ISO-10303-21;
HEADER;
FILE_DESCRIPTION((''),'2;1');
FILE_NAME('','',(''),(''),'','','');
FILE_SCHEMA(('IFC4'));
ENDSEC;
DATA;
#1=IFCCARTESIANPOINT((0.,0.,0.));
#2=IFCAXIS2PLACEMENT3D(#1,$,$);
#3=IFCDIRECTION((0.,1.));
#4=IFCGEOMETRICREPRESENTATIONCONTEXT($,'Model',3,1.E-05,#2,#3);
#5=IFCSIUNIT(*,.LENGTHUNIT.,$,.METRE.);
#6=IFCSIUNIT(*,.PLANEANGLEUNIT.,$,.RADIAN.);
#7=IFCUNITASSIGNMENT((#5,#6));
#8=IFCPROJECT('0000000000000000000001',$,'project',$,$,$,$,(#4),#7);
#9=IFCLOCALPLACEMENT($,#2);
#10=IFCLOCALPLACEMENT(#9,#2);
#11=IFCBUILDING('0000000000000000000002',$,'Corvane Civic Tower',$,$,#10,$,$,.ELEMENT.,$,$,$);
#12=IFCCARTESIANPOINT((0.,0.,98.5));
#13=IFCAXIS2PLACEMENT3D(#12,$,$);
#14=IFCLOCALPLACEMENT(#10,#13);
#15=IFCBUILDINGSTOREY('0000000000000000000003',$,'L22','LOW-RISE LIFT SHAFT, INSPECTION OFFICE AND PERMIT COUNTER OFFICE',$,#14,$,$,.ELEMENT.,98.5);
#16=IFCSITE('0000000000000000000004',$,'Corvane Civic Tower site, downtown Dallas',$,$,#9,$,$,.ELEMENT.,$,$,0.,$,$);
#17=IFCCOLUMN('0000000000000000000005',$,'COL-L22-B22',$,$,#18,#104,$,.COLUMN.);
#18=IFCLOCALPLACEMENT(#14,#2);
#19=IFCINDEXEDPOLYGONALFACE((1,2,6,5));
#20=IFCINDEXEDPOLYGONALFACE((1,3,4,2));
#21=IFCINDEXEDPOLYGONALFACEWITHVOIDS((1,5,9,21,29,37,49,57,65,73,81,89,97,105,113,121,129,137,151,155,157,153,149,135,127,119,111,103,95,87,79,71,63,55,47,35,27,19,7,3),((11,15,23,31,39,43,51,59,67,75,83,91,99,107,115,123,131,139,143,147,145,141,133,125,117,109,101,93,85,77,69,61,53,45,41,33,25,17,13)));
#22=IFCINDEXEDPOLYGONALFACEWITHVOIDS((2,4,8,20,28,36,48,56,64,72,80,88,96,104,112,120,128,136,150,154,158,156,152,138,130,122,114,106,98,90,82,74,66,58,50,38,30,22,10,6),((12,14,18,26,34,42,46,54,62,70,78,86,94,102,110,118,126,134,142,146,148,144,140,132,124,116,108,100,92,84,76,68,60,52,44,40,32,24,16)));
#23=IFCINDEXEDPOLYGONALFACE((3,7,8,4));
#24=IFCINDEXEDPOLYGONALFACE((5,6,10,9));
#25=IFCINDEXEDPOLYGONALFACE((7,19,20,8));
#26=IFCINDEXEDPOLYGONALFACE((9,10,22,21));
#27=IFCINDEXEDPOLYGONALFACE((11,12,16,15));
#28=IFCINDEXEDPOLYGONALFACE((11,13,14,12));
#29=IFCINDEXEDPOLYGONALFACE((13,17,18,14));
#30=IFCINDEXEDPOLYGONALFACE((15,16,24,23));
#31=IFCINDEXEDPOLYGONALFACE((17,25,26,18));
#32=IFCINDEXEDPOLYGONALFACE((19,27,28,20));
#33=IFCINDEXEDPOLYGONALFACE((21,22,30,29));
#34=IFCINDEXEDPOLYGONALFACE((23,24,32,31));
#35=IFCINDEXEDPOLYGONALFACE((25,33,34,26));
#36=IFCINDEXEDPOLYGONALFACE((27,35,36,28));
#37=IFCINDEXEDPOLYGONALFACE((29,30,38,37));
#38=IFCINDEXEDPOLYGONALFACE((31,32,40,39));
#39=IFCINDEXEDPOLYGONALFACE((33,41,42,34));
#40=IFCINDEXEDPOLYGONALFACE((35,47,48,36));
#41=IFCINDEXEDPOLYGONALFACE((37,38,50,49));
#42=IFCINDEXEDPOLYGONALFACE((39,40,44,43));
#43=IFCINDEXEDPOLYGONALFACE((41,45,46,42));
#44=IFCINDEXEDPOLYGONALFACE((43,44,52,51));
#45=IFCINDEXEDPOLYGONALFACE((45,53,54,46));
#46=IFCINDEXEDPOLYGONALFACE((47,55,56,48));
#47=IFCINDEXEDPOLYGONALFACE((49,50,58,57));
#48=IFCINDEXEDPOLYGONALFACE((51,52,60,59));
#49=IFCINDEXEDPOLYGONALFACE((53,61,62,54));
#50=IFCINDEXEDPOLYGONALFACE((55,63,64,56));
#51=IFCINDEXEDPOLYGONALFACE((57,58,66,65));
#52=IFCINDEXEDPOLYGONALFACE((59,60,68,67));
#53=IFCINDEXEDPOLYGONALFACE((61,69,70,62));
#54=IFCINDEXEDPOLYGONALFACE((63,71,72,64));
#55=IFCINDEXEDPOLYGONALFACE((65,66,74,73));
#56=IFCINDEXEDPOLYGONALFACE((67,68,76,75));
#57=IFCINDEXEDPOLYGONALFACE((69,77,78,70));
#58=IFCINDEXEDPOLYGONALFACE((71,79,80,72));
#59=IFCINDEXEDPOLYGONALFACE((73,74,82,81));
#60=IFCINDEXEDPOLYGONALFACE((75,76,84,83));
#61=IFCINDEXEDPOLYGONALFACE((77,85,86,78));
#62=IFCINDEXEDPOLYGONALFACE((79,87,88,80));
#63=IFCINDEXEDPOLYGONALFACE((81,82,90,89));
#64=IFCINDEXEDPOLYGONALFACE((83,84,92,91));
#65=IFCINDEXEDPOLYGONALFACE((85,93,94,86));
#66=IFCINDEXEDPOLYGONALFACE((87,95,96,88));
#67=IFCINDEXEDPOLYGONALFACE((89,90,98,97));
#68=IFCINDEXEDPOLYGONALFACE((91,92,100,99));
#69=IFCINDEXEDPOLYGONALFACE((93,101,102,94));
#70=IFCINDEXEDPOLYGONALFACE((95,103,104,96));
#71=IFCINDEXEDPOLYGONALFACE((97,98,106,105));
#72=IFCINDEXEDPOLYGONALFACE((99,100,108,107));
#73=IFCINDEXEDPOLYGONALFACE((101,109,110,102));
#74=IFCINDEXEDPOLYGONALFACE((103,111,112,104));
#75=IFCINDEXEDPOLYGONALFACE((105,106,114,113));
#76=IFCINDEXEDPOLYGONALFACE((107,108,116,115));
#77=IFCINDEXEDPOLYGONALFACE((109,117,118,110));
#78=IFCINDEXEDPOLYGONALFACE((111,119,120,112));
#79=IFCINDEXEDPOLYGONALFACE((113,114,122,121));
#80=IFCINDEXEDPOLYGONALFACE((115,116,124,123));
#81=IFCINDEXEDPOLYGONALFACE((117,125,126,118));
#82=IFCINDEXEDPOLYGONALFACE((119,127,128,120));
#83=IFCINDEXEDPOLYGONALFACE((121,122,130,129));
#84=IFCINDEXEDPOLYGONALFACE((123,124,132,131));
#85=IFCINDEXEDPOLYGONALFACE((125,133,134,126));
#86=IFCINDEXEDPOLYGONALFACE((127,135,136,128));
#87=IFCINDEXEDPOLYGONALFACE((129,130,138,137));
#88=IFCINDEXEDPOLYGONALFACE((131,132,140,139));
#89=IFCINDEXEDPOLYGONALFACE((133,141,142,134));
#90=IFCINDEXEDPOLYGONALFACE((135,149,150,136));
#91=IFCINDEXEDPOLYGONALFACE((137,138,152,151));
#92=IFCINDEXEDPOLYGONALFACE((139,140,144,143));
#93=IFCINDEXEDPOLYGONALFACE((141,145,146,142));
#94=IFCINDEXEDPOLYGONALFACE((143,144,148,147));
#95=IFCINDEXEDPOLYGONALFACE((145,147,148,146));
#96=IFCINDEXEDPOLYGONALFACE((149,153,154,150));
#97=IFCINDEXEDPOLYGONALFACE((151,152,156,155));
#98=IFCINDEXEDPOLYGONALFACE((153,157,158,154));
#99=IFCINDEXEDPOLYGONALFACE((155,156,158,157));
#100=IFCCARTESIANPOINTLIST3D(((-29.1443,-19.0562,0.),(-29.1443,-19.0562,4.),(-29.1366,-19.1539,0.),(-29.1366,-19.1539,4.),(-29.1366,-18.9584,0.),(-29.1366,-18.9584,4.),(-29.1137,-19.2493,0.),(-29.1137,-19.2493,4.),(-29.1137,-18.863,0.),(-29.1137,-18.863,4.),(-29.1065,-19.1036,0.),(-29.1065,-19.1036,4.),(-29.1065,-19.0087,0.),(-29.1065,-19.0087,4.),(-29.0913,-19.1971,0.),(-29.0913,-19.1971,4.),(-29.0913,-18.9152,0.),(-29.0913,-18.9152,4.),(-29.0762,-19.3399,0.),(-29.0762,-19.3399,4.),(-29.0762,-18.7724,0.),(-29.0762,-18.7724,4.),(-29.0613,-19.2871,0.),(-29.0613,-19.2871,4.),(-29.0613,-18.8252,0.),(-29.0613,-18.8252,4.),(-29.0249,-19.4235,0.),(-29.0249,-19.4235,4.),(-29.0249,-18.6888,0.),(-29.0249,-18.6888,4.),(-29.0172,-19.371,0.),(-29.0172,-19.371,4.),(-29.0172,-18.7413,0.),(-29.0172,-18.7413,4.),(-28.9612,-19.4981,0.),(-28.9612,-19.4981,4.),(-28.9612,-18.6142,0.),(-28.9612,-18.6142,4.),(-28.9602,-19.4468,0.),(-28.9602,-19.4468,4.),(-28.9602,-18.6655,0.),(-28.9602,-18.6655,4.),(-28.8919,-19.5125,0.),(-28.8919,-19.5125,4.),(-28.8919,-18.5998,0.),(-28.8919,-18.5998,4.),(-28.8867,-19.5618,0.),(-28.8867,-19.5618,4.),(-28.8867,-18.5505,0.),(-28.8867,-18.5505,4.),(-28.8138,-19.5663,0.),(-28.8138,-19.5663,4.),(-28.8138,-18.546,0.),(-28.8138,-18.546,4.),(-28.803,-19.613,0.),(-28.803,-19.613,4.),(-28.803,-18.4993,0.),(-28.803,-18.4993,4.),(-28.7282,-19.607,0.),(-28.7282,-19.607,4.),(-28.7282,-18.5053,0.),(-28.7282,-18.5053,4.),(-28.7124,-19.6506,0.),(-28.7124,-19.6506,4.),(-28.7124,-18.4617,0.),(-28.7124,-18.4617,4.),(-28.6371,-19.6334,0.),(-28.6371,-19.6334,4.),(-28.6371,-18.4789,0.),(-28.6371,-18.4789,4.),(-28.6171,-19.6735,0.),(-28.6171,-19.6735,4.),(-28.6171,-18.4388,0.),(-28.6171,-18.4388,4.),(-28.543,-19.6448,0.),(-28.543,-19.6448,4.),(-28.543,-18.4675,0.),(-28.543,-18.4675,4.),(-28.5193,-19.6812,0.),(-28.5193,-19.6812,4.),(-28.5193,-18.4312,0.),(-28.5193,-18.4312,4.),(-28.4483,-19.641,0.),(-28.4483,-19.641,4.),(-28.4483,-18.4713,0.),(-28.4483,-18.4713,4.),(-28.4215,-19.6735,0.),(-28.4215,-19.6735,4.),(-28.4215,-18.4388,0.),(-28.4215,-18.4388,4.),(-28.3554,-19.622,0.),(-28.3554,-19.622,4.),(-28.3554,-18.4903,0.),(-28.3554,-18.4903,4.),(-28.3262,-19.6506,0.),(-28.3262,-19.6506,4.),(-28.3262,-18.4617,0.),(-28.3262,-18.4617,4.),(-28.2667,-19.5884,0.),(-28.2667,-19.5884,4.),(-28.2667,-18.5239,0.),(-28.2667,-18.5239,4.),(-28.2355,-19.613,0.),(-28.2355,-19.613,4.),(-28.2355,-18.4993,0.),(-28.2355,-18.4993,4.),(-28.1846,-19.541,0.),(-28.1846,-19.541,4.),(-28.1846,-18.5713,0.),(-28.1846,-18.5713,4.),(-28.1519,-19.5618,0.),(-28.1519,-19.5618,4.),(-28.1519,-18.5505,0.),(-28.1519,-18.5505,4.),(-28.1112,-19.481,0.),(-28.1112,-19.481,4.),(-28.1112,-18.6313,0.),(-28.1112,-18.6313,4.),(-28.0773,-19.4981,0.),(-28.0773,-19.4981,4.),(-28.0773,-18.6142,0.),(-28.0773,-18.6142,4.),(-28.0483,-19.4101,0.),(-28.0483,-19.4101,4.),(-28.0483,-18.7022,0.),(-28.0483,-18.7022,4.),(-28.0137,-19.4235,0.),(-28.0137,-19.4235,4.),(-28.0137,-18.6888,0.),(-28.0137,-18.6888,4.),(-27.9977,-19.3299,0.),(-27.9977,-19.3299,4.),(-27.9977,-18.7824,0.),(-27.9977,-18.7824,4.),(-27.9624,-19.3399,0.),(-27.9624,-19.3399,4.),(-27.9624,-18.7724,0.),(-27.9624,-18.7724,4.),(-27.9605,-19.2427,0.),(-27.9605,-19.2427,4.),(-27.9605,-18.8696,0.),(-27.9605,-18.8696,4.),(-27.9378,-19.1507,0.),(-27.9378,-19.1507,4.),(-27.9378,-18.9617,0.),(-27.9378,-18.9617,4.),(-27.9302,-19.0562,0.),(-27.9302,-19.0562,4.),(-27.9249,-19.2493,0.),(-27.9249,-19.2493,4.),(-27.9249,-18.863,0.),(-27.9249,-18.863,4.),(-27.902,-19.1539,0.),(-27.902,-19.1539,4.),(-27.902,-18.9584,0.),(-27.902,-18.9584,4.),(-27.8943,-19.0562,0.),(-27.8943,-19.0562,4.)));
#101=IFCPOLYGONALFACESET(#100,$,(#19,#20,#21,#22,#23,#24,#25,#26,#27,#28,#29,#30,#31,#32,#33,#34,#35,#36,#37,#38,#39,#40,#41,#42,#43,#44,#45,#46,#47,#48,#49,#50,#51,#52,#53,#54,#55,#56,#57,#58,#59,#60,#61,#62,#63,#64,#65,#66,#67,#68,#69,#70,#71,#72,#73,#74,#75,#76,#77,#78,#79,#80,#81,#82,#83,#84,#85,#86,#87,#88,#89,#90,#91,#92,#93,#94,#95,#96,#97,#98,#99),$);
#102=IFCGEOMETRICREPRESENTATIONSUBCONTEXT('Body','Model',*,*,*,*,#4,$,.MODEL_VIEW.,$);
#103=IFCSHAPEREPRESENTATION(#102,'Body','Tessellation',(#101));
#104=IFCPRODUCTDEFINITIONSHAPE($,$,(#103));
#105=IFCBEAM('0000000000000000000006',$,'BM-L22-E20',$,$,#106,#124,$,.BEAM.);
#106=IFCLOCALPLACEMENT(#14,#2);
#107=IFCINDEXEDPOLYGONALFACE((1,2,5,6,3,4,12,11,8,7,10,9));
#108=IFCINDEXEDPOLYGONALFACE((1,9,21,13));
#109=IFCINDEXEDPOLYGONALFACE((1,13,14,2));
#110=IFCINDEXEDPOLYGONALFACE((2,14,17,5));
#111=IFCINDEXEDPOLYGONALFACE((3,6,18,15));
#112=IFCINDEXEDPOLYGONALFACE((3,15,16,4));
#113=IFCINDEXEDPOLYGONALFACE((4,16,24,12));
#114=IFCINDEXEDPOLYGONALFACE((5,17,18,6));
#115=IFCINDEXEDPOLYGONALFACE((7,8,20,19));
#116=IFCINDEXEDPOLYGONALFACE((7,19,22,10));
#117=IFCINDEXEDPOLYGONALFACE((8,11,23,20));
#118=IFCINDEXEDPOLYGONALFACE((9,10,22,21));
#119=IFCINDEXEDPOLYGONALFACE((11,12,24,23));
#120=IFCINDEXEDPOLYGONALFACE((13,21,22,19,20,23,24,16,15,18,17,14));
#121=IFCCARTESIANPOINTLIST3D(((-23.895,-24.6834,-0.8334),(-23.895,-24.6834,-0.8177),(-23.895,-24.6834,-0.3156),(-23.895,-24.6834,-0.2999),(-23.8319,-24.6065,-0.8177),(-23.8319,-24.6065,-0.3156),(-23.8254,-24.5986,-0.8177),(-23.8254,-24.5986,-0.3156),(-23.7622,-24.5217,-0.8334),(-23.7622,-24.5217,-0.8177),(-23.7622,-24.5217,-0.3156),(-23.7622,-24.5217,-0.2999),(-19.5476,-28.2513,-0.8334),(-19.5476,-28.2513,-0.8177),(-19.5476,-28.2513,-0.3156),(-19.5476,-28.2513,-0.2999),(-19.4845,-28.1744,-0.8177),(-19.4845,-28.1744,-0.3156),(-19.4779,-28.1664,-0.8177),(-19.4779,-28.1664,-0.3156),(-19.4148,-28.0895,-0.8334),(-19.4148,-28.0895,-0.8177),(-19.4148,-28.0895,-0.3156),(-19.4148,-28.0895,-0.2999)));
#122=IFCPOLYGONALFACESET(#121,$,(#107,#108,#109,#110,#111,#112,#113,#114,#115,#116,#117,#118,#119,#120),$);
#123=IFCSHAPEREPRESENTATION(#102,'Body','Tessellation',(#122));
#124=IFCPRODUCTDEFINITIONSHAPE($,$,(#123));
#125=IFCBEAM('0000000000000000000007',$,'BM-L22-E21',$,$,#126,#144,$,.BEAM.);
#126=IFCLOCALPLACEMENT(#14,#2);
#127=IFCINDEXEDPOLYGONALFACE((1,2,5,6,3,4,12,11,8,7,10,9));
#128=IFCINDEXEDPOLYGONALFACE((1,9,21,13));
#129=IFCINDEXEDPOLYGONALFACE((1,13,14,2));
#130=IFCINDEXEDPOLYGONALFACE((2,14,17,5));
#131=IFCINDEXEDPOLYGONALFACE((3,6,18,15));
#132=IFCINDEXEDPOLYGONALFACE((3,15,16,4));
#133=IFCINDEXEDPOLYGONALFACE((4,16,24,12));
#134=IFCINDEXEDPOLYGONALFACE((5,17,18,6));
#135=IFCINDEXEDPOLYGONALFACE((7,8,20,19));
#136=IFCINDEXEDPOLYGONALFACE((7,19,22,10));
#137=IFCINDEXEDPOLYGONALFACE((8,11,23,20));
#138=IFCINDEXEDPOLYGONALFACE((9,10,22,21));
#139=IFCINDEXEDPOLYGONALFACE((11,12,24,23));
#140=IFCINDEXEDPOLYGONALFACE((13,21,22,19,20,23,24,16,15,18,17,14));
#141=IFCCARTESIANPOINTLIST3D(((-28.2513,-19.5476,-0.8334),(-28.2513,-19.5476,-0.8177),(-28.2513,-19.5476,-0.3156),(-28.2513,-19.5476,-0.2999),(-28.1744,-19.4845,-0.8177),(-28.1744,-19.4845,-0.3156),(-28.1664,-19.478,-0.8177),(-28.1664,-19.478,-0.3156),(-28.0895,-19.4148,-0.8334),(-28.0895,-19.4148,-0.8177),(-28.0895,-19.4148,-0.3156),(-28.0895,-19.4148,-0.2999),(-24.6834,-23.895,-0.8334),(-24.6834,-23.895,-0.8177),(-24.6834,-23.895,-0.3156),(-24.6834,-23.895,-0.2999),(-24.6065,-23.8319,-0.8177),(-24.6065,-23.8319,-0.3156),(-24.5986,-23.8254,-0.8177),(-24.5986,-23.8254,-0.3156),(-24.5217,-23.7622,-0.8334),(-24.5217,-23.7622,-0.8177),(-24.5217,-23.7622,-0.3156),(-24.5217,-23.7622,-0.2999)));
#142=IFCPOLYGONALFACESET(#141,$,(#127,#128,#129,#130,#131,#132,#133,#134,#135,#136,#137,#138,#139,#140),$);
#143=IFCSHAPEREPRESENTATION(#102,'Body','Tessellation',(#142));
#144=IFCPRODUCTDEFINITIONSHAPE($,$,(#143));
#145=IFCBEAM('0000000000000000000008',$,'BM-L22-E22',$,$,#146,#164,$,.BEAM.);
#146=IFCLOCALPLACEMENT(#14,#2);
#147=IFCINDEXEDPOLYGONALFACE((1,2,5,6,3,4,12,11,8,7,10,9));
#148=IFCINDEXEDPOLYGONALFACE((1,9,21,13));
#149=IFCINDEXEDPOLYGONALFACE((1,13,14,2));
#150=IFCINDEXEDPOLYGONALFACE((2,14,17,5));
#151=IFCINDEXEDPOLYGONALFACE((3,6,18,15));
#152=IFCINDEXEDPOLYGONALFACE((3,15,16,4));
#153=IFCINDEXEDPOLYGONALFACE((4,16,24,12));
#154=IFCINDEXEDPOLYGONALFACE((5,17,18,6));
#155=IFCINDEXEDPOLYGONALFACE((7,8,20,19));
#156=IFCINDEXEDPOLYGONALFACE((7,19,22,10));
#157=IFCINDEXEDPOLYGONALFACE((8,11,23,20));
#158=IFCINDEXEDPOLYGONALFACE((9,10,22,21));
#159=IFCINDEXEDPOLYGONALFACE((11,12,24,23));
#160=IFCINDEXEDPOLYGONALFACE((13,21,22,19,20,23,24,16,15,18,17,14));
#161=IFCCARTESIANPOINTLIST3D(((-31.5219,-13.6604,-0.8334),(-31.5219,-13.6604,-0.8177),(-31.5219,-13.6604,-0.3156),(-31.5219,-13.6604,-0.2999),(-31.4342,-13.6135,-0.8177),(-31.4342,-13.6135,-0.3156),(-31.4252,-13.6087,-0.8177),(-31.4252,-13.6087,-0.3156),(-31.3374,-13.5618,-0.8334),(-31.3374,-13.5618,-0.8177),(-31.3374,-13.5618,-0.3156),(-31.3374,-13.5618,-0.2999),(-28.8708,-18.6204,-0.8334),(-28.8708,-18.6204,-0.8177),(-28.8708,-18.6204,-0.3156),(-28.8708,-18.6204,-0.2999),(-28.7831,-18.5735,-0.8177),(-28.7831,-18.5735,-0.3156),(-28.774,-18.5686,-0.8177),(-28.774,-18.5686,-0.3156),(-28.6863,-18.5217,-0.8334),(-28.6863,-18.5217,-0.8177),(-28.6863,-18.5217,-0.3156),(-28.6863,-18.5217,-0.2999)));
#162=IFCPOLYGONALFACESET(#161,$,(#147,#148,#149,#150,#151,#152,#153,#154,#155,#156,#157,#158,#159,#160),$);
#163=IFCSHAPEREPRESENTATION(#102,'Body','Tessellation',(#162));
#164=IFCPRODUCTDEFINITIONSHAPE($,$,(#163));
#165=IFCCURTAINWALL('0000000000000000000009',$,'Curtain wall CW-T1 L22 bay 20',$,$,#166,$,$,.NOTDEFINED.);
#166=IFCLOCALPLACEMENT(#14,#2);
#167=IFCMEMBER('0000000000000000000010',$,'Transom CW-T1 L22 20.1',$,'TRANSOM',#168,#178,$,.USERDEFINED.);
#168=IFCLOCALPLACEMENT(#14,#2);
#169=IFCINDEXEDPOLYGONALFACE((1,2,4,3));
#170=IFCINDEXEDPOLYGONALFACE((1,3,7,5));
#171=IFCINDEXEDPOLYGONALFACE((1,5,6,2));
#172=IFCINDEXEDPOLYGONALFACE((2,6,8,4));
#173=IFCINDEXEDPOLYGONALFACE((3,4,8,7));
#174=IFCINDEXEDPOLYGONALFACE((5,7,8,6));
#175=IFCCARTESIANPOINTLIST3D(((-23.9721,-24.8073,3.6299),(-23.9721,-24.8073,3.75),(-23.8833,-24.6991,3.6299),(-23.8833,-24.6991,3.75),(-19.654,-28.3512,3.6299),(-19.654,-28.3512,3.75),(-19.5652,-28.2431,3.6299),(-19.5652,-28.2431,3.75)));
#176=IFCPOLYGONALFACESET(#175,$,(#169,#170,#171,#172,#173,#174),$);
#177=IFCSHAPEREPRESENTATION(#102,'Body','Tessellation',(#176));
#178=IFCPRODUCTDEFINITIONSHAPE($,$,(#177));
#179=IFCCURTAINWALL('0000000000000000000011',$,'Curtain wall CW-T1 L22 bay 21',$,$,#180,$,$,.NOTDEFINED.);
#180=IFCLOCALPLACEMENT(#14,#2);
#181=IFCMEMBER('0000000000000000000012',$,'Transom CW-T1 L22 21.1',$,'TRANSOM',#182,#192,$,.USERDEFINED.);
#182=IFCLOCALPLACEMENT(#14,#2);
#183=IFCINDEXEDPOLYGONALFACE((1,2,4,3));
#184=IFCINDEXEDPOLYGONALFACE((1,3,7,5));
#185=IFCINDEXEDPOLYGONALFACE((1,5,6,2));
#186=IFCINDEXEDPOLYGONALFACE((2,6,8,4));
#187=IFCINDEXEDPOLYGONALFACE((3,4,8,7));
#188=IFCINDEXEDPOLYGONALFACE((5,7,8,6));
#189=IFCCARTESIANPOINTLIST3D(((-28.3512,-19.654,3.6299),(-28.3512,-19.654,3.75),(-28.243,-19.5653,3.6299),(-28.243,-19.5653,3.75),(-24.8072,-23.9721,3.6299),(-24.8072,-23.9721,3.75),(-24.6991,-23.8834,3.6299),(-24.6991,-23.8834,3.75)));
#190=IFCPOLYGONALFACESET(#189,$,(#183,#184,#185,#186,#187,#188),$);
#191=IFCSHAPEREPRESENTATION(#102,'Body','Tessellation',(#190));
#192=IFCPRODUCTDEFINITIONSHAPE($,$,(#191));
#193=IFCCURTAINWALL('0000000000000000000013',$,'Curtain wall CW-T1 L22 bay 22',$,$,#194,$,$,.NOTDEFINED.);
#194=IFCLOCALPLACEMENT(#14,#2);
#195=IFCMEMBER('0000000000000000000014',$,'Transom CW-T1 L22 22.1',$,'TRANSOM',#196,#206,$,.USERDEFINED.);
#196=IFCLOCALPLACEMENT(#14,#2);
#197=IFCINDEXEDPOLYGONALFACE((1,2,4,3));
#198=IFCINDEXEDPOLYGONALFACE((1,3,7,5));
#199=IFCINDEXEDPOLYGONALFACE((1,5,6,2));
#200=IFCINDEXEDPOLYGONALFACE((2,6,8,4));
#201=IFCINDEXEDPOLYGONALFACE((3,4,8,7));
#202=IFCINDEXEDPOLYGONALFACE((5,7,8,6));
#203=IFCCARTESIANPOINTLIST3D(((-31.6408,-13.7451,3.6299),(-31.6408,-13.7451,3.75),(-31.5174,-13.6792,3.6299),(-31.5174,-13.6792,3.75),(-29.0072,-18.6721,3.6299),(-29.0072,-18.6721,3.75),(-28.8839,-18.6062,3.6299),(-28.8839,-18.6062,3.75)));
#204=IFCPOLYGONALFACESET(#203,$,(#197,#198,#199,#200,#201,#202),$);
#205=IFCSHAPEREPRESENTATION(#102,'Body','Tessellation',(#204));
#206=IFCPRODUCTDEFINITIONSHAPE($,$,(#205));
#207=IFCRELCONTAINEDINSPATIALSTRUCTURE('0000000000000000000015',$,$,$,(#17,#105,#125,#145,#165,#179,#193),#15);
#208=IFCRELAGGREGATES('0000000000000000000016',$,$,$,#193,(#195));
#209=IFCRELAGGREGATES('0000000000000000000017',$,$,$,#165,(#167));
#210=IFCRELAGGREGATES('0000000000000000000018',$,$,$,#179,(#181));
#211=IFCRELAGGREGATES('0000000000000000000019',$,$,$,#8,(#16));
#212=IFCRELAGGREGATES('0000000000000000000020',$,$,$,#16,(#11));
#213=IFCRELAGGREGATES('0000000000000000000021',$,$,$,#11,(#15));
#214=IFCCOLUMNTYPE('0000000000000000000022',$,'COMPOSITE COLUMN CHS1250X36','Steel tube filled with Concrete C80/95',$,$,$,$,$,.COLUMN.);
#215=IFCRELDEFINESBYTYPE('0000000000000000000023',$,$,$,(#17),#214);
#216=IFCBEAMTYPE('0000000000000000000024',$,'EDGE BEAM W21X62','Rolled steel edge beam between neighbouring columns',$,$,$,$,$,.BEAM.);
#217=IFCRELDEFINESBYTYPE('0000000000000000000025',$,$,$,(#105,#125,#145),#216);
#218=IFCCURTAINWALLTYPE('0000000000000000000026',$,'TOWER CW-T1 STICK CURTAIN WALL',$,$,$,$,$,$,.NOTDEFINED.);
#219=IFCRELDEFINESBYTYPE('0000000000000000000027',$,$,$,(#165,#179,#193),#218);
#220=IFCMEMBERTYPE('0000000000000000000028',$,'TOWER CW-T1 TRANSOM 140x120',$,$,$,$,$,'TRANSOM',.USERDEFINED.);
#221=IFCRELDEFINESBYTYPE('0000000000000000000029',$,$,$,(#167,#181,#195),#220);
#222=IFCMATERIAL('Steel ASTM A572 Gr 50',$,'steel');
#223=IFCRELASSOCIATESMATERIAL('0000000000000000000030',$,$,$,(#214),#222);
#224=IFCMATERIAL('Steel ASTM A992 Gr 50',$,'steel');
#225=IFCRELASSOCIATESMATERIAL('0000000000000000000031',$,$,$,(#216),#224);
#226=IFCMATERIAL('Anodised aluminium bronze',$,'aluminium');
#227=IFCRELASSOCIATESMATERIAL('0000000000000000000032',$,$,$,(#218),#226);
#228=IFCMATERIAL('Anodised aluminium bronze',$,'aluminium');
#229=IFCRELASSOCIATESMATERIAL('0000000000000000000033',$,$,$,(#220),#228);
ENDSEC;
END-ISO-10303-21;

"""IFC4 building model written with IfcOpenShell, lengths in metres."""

from ifc_helpers import new_model, si_unit, direction, frame, origin, origin_2d, place, context, subcontext, project, spatial, rectangle, hollow_circle, i_section, extrude, material, material_profile, profile_set, type_object, element, aggregate, save


model = new_model("IFC4")

# Units and contexts
model_context = context("Model", 3, precision=1e-05, world=origin(), true_north=direction((0.0, 1.0)))
body_context = subcontext(model_context, "Body", "Model", "MODEL_VIEW")
ifc_project = project(units=[si_unit("LENGTHUNIT", "METRE"), si_unit("PLANEANGLEUNIT", "RADIAN")], contexts=[model_context])

# Site, building, storey
site_placement = place(None, origin())
site = spatial("IfcSite", under=ifc_project, at=site_placement, Name="Corvane Civic Tower site, downtown Dallas", CompositionType="ELEMENT", RefElevation=0.0)
building_placement = place(site_placement, origin())
building = spatial("IfcBuilding", under=site, at=building_placement, Name="Corvane Civic Tower", CompositionType="ELEMENT")
storey_placement = place(building_placement, frame((0.0, 0.0, 98.5)))
storey = spatial("IfcBuildingStorey", under=building, at=storey_placement, Name="L22", Description="LOW-RISE LIFT SHAFT, INSPECTION OFFICE AND PERMIT COUNTER OFFICE", CompositionType="ELEMENT", Elevation=98.5)

# Column
ifc_material_1 = material(Name="Steel ASTM A572 Gr 50", Category="steel")
ifc_material_profile_1 = material_profile(ifc_material_1, hollow_circle(Radius=0.625, WallThickness=0.0359, at=origin_2d()), Name="CHS1250X36")
ifc_profile_set_1 = profile_set([ifc_material_profile_1], Name="Steel ASTM A572 Gr 50")
column_type = type_object("IfcColumnType", Name="COMPOSITE COLUMN CHS1250X36", Description="Steel tube filled with Concrete C80/95", PredefinedType="COLUMN", material=ifc_profile_set_1)
for number, where, z_axis, x_axis, name in (
    (1, (-28.5193, -19.0562, 0.0), (0.0, 0.0, 1.0), (1.0, 0.0, 0.0), "COL-L22-B22"),
):
    element("IfcColumn", number, at=place(storey_placement, frame(where, z_axis=z_axis, x_axis=x_axis)), inside=storey, type_object=column_type, Name=name, PredefinedType="COLUMN", context=body_context, shape_type="SweptSolid", body=[
        extrude(hollow_circle(Radius=0.625, WallThickness=0.0359, at=origin_2d()), origin(), (0.0, 0.0, 1.0), 4.0),
    ])

# Beams
ifc_material_2 = material(Name="Steel ASTM A992 Gr 50", Category="steel")
ifc_material_profile_2 = material_profile(ifc_material_2, i_section(OverallWidth=0.2092, OverallDepth=0.5334, WebThickness=0.0103, FlangeThickness=0.0156, at=origin_2d()), Name="W21X62")
ifc_profile_set_2 = profile_set([ifc_material_profile_2], Name="Steel ASTM A992 Gr 50")
beam_type = type_object("IfcBeamType", Name="EDGE BEAM W21X62", Description="Rolled steel edge beam between neighbouring columns", PredefinedType="BEAM", material=ifc_profile_set_2)
for number, where, z_axis, x_axis, name in (
    (2, (-19.4812, -28.1704, -0.5667), (-0.773007, 0.634398, 0.0), (-0.634398, -0.773007, 0.0), "BM-L22-E20"),
    (3, (-24.6025, -23.8286, -0.5667), (-0.634398, 0.773007, 0.0), (-0.773007, -0.634398, 0.0), "BM-L22-E21"),
    (4, (-28.7786, -18.571, -0.5667), (-0.471392, 0.881924, 0.0), (-0.881924, -0.471392, 0.0), "BM-L22-E22"),
):
    element("IfcBeam", number, at=place(storey_placement, frame(where, z_axis=z_axis, x_axis=x_axis)), inside=storey, type_object=beam_type, Name=name, PredefinedType="BEAM", context=body_context, shape_type="SweptSolid", body=[
        extrude(i_section(OverallWidth=0.2092, OverallDepth=0.5334, WebThickness=0.0103, FlangeThickness=0.0156, at=origin_2d()), origin(), (0.0, 0.0, 1.0), 5.624),
    ])

# Curtain walls, members
ifc_material_3 = material(Name="Anodised aluminium bronze", Category="aluminium")
curtain_wall_type = type_object("IfcCurtainWallType", Name="TOWER CW-T1 STICK CURTAIN WALL", PredefinedType="NOTDEFINED", material=ifc_material_3)
curtain_wall_1_placement = place(storey_placement, origin())
curtain_wall_1 = element("IfcCurtainWall", 5, at=curtain_wall_1_placement, inside=storey, type_object=curtain_wall_type, Name="Curtain wall CW-T1 L22 bay 20", PredefinedType="NOTDEFINED")
ifc_material_4 = material(Name="Anodised aluminium bronze", Category="aluminium")
ifc_material_profile_3 = material_profile(ifc_material_4, rectangle(XDim=0.1399, YDim=0.1201, at=origin_2d()), Name="TOWER CW-T1 TRANSOM 140x120")
ifc_profile_set_3 = profile_set([ifc_material_profile_3], Name="Anodised aluminium bronze")
member_type = type_object("IfcMemberType", Name="TOWER CW-T1 TRANSOM 140x120", ElementType="TRANSOM", PredefinedType="USERDEFINED", material=ifc_profile_set_3)
member_1_placement = place(storey_placement, frame((-19.6096, -28.2971, 3.6899), z_axis=(-0.772996, 0.63441, 0.0), x_axis=(-0.63441, -0.772996, 0.0)))
member_1 = element("IfcMember", 6, at=member_1_placement, type_object=member_type, Name="Transom CW-T1 L22 20.1", ObjectType="TRANSOM", PredefinedType="USERDEFINED", context=body_context, shape_type="SweptSolid", body=[
    extrude(rectangle(XDim=0.1399, YDim=0.1201, at=origin_2d()), origin(), (0.0, 0.0, 1.0), 5.5862),
])
curtain_wall_2_placement = place(storey_placement, origin())
curtain_wall_2 = element("IfcCurtainWall", 7, at=curtain_wall_2_placement, inside=storey, type_object=curtain_wall_type, Name="Curtain wall CW-T1 L22 bay 21", PredefinedType="NOTDEFINED")
member_2_placement = place(storey_placement, frame((-24.7532, -23.9277, 3.6899), z_axis=(-0.63441, 0.772996, 0.0), x_axis=(-0.772996, -0.63441, 0.0)))
member_2 = element("IfcMember", 8, at=member_2_placement, type_object=member_type, Name="Transom CW-T1 L22 21.1", ObjectType="TRANSOM", PredefinedType="USERDEFINED", context=body_context, shape_type="SweptSolid", body=[
    extrude(rectangle(XDim=0.1399, YDim=0.1201, at=origin_2d()), origin(), (0.0, 0.0, 1.0), 5.5862),
])
curtain_wall_3_placement = place(storey_placement, origin())
curtain_wall_3 = element("IfcCurtainWall", 9, at=curtain_wall_3_placement, inside=storey, type_object=curtain_wall_type, Name="Curtain wall CW-T1 L22 bay 22", PredefinedType="NOTDEFINED")
member_3_placement = place(storey_placement, frame((-28.9456, -18.6392, 3.6899), z_axis=(-0.471398, 0.881921, 0.0), x_axis=(-0.881921, -0.471398, 0.0)))
member_3 = element("IfcMember", 10, at=member_3_placement, type_object=member_type, Name="Transom CW-T1 L22 22.1", ObjectType="TRANSOM", PredefinedType="USERDEFINED", context=body_context, shape_type="SweptSolid", body=[
    extrude(rectangle(XDim=0.1399, YDim=0.1201, at=origin_2d()), origin(), (0.0, 0.0, 1.0), 5.5867),
])
aggregate(curtain_wall_3, [member_3])

aggregate(curtain_wall_1, [member_1])
aggregate(curtain_wall_2, [member_2])

save(model, "model.ifc")
